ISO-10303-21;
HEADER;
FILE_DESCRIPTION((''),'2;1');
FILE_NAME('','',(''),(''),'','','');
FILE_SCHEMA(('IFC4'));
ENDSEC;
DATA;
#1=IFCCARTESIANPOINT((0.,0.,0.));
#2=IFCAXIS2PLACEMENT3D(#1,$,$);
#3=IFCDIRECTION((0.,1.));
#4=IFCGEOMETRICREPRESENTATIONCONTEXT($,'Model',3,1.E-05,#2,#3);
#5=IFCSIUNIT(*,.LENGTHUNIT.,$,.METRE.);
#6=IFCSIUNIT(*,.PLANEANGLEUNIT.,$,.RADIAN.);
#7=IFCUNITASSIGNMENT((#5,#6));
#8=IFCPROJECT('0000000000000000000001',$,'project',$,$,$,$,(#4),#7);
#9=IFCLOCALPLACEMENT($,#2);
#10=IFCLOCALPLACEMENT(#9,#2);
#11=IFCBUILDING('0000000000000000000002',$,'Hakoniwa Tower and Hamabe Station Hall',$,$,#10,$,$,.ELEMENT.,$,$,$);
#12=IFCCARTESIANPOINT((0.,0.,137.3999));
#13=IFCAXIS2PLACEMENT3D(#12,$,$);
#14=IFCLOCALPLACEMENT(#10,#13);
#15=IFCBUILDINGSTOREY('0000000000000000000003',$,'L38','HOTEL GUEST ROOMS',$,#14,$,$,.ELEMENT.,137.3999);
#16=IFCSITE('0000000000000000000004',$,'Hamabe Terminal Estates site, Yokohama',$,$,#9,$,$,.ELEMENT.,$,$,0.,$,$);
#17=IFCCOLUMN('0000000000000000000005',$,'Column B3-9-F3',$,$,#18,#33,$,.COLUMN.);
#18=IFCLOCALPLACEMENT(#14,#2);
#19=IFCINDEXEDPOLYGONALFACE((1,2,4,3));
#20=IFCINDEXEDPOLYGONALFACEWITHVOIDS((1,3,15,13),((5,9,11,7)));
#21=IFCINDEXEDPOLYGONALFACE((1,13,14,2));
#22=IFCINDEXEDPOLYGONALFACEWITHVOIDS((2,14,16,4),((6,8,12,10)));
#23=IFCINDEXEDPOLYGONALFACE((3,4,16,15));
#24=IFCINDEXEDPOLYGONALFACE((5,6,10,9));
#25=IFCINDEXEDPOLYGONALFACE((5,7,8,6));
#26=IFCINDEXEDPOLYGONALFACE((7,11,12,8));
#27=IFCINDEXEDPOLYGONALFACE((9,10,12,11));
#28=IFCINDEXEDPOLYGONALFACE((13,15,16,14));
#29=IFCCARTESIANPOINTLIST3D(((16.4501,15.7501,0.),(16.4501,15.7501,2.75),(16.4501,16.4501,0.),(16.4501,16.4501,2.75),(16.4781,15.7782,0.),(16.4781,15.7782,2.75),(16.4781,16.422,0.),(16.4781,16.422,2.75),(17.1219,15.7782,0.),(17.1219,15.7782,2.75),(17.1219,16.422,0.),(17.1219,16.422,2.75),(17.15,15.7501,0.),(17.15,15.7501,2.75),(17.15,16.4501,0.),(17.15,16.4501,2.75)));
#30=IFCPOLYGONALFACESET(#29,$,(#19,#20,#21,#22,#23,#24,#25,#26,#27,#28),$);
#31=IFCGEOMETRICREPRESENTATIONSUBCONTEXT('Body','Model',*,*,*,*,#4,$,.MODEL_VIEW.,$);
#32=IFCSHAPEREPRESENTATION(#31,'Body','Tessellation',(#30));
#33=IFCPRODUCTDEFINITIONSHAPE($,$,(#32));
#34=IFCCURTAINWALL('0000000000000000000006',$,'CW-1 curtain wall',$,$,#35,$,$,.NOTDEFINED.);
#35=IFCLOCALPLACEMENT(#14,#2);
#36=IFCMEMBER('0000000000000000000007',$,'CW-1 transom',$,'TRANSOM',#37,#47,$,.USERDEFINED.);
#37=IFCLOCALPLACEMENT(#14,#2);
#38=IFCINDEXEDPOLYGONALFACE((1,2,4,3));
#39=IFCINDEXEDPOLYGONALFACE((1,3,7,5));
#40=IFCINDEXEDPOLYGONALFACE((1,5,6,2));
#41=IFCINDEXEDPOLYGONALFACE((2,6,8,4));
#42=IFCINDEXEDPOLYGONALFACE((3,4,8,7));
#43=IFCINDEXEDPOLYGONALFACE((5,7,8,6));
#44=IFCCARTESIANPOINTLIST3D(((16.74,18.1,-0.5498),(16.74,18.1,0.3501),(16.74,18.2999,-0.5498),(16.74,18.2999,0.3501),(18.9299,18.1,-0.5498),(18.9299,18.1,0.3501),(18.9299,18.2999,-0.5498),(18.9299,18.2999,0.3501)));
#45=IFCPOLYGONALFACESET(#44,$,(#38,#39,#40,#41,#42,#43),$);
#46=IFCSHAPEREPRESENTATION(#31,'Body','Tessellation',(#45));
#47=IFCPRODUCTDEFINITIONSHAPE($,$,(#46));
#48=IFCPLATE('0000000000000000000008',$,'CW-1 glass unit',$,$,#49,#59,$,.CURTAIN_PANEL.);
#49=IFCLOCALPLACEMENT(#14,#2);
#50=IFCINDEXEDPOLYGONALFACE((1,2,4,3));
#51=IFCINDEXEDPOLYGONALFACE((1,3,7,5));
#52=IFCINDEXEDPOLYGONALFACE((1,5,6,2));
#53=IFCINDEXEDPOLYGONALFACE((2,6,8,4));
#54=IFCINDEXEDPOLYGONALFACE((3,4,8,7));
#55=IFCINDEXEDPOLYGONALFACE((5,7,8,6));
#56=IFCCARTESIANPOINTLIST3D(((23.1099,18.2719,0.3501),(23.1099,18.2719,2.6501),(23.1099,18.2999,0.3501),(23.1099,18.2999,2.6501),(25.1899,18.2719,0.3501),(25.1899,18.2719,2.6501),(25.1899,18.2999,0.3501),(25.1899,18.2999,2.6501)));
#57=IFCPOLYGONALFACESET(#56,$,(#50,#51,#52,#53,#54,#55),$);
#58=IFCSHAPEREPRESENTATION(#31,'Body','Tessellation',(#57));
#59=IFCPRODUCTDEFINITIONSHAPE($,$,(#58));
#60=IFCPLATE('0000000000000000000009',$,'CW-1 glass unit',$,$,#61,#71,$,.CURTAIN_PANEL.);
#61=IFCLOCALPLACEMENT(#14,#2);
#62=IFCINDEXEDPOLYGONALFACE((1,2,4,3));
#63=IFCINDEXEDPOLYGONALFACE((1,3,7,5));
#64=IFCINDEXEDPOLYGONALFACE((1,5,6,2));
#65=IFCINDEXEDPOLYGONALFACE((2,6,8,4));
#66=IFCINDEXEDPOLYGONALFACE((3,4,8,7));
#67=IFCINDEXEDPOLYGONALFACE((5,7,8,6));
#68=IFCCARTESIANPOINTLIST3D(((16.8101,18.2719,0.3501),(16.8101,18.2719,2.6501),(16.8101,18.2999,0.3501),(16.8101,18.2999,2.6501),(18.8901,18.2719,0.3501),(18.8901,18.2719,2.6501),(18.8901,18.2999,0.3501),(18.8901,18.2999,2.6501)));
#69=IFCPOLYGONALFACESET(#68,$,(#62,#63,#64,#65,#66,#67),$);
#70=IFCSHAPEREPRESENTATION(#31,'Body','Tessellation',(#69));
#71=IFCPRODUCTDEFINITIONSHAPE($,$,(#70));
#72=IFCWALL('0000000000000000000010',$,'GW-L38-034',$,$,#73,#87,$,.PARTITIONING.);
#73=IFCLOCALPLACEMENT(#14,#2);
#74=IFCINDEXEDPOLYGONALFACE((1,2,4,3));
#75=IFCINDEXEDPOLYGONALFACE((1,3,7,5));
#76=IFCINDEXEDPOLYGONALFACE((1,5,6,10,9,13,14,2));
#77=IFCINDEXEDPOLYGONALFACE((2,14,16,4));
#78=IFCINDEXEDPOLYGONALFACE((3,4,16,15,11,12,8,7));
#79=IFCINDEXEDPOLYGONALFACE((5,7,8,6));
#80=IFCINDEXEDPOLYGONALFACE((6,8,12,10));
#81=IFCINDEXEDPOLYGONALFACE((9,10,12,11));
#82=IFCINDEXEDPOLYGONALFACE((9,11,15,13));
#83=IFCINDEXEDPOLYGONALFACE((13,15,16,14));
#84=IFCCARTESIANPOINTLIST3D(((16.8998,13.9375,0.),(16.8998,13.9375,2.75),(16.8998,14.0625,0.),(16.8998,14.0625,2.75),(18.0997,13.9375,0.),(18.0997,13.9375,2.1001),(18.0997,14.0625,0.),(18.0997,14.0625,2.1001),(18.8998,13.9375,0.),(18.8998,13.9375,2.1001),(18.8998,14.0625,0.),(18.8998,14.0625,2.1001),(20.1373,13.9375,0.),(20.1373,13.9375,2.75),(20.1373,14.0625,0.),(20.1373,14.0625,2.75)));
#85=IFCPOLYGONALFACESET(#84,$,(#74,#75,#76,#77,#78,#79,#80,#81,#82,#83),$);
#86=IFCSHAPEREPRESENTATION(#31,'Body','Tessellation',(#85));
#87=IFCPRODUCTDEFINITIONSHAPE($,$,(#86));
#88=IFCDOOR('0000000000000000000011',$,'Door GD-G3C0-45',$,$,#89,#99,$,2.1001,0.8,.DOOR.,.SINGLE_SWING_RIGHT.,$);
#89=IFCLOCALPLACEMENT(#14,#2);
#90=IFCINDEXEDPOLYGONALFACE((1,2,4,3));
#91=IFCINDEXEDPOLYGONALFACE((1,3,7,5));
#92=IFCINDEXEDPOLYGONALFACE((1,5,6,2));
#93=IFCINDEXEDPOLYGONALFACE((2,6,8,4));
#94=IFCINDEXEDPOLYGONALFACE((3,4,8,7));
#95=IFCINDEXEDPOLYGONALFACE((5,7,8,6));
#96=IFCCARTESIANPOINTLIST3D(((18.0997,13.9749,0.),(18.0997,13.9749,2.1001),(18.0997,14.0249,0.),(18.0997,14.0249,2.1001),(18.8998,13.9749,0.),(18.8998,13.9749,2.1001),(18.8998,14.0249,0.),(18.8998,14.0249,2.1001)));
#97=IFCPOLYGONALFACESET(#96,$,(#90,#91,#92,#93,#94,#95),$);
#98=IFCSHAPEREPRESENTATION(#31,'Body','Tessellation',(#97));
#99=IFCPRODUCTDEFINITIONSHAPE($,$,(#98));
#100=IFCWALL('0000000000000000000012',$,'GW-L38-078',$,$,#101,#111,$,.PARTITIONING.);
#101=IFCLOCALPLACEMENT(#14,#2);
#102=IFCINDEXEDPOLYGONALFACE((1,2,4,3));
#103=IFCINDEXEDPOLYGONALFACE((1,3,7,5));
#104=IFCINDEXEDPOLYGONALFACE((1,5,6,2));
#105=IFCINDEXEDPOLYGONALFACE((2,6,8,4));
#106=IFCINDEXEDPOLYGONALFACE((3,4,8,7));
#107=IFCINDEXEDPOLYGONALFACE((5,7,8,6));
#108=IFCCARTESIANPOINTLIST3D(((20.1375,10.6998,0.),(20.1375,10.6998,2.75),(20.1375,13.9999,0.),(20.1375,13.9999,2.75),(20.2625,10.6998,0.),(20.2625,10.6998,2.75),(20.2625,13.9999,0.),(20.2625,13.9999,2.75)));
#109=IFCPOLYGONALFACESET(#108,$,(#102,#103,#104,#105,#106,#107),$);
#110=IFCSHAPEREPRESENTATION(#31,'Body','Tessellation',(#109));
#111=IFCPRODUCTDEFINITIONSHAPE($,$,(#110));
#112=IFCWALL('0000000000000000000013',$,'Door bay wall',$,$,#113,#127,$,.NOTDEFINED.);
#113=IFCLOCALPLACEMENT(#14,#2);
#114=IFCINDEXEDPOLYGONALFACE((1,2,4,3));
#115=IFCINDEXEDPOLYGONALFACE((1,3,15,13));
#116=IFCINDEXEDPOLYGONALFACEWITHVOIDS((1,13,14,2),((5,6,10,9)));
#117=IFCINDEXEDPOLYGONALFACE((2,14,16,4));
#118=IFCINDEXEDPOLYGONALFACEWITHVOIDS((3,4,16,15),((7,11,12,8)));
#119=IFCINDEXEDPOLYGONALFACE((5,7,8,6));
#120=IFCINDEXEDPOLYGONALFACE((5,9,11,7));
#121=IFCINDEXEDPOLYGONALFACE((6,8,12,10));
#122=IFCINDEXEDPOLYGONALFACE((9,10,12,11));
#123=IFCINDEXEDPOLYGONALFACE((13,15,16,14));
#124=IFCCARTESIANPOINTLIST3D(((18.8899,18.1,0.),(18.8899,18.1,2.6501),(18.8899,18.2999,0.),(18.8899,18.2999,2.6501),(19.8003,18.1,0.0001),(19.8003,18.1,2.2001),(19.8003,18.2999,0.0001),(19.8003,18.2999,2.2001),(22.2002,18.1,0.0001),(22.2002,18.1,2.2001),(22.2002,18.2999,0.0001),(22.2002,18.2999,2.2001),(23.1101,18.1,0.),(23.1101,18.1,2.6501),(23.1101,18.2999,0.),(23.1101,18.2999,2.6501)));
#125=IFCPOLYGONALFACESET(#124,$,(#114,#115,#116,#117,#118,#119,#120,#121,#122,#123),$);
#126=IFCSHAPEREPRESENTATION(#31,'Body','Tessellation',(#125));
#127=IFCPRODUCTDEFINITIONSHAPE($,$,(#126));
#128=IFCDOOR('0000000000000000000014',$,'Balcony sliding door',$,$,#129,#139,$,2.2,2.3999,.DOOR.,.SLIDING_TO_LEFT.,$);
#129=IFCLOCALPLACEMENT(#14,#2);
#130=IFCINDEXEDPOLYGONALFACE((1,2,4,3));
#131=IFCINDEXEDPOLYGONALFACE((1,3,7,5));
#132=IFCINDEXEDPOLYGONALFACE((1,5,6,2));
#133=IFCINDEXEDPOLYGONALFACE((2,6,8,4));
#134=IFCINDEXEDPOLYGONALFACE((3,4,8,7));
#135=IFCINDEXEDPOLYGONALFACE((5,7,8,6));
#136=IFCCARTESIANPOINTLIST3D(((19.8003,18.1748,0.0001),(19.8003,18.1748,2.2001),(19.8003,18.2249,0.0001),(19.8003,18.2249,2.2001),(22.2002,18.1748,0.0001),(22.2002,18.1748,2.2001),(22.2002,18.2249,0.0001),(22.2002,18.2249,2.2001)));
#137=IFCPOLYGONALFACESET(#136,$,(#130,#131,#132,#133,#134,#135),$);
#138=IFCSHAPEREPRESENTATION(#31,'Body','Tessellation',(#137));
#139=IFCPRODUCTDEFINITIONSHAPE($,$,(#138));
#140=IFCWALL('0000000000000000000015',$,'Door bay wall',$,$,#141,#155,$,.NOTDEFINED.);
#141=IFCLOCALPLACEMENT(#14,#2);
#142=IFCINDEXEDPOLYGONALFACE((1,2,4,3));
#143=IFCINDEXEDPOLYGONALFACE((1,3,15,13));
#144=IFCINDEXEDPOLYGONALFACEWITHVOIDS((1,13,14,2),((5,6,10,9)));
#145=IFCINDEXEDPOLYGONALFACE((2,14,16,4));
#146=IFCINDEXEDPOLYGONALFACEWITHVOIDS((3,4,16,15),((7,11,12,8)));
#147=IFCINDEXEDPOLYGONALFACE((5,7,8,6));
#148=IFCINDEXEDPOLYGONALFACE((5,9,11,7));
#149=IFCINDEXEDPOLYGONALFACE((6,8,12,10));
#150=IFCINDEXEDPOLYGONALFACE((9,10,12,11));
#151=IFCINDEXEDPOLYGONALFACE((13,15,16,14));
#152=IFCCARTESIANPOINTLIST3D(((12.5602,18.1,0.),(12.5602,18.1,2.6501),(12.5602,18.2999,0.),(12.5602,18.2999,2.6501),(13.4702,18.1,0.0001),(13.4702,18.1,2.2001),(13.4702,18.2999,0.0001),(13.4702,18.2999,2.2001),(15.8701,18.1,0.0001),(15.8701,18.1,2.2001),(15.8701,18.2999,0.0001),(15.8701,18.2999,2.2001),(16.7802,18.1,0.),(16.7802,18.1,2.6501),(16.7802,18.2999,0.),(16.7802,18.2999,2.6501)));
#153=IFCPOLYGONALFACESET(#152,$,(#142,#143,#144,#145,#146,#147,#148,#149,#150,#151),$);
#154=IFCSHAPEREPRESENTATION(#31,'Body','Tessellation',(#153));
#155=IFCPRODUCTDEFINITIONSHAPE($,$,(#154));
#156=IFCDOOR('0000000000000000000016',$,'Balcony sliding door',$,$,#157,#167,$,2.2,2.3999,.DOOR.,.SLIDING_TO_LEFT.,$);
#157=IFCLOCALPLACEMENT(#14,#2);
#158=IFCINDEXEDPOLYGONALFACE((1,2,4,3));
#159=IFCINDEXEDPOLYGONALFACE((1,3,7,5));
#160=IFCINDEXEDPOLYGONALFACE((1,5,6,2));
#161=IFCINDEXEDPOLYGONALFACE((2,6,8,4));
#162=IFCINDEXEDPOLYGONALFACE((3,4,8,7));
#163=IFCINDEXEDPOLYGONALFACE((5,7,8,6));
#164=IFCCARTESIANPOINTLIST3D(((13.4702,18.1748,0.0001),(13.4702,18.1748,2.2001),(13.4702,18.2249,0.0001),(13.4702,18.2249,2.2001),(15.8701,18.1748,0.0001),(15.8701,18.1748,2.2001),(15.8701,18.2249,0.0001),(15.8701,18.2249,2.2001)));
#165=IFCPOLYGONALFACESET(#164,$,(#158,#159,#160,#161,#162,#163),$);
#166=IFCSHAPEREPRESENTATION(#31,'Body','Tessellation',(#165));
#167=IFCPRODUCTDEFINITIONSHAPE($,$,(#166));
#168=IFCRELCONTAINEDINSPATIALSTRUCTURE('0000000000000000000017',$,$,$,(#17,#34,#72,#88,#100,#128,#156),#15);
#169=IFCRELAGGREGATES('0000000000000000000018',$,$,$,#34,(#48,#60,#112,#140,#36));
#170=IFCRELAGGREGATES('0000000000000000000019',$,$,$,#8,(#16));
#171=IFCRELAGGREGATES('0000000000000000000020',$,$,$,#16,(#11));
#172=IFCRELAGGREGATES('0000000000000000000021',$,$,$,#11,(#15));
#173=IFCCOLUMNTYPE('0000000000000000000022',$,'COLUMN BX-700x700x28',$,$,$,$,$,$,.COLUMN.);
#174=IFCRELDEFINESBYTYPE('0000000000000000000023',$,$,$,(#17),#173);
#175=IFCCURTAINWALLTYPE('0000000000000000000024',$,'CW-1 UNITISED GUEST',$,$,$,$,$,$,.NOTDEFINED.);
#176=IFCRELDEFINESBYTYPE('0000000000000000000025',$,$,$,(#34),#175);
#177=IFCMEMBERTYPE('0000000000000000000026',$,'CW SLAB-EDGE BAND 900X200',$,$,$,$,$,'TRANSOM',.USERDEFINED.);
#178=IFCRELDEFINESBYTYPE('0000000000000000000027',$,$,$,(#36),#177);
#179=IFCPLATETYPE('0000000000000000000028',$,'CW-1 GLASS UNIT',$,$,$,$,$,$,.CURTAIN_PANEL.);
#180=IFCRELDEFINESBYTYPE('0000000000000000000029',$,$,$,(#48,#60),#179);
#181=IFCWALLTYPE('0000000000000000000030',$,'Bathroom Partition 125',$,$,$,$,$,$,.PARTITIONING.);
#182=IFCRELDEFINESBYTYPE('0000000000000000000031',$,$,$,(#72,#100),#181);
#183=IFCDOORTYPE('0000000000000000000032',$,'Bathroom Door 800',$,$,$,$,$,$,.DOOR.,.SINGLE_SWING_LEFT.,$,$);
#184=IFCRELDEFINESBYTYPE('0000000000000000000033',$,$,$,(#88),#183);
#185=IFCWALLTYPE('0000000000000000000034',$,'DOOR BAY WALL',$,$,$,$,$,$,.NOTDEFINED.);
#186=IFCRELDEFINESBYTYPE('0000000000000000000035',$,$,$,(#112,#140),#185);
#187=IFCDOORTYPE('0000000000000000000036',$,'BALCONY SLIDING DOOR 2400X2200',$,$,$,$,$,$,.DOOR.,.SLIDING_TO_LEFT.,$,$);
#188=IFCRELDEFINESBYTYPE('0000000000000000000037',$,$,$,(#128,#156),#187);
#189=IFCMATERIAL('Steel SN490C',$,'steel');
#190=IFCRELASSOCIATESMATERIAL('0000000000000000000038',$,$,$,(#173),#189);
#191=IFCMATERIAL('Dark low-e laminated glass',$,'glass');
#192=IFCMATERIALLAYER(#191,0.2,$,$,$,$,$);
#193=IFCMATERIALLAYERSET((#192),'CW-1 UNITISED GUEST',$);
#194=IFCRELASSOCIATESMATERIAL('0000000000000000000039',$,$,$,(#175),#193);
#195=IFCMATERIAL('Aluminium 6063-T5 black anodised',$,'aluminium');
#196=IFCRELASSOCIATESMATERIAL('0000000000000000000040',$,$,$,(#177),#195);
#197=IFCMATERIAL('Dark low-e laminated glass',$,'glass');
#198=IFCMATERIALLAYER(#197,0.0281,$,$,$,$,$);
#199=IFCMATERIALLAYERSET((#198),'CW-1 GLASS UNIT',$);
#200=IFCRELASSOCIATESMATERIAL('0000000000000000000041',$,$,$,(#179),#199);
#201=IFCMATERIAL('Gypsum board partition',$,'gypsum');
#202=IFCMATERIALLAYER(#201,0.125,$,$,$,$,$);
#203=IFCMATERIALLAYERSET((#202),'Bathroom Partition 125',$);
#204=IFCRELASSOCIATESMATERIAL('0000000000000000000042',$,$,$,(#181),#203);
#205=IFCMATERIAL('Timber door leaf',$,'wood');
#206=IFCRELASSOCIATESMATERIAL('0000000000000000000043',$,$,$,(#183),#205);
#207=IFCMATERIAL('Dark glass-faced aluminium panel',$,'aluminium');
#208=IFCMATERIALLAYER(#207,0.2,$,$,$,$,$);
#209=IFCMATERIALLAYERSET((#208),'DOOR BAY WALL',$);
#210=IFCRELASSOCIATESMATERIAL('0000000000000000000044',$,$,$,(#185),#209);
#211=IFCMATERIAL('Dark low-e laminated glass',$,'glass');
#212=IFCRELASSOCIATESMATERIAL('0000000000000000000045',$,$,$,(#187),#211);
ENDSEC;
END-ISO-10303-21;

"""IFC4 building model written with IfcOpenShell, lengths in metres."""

from ifc_helpers import new_model, si_unit, direction, frame, frame_2d, origin, origin_2d, place, context, subcontext, project, spatial, rectangle, hollow_rectangle, extrude, material, layer, layer_set, material_profile, profile_set, type_object, element, fill, aggregate, save


model = new_model("IFC4")

# Units and contexts
model_context = context("Model", 3, precision=1e-05, world=origin(), true_north=direction((0.0, 1.0)))
body_context = subcontext(model_context, "Body", "Model", "MODEL_VIEW")
ifc_project = project(units=[si_unit("LENGTHUNIT", "METRE"), si_unit("PLANEANGLEUNIT", "RADIAN")], contexts=[model_context])

# Site, building, storey
site_placement = place(None, origin())
site = spatial("IfcSite", under=ifc_project, at=site_placement, Name="Hamabe Terminal Estates site, Yokohama", CompositionType="ELEMENT", RefElevation=0.0)
building_placement = place(site_placement, origin())
building = spatial("IfcBuilding", under=site, at=building_placement, Name="Hakoniwa Tower and Hamabe Station Hall", CompositionType="ELEMENT")
storey_placement = place(building_placement, frame((0.0, 0.0, 137.3999)))
storey = spatial("IfcBuildingStorey", under=building, at=storey_placement, Name="L38", Description="HOTEL GUEST ROOMS", CompositionType="ELEMENT", Elevation=137.3999)

# Column
ifc_material_1 = material(Name="Steel SN490C", Category="steel")
ifc_material_profile_1 = material_profile(ifc_material_1, hollow_rectangle(XDim=0.7, YDim=0.7, WallThickness=0.0281, at=origin_2d()), Name="BX-700x700x28")
ifc_profile_set_1 = profile_set([ifc_material_profile_1], Name="Steel SN490C")
column_type = type_object("IfcColumnType", Name="COLUMN BX-700x700x28", PredefinedType="COLUMN", material=ifc_profile_set_1)
column_placement = place(storey_placement, frame((16.8, 16.1001, 0.0), z_axis=(0.0, 0.0, 1.0), x_axis=(1.0, 0.0, 0.0)))
element("IfcColumn", 1, at=column_placement, inside=storey, type_object=column_type, Name="Column B3-9-F3", PredefinedType="COLUMN", context=body_context, shape_type="SweptSolid", body=[
    extrude(hollow_rectangle(XDim=0.7, YDim=0.7, WallThickness=0.0281, at=origin_2d()), origin(), (0.0, 0.0, 1.0), 2.75),
])

# Curtain wall, member, plates
ifc_material_2 = material(Name="Dark low-e laminated glass", Category="glass")
ifc_layer_1 = layer(ifc_material_2, 0.2)
ifc_layer_set_1 = layer_set([ifc_layer_1], Name="CW-1 UNITISED GUEST")
curtain_wall_type = type_object("IfcCurtainWallType", Name="CW-1 UNITISED GUEST", PredefinedType="NOTDEFINED", material=ifc_layer_set_1)
curtain_wall_placement = place(storey_placement, origin())
curtain_wall = element("IfcCurtainWall", 2, at=curtain_wall_placement, inside=storey, type_object=curtain_wall_type, Name="CW-1 curtain wall", PredefinedType="NOTDEFINED")
ifc_material_3 = material(Name="Aluminium 6063-T5 black anodised", Category="aluminium")
ifc_material_profile_2 = material_profile(ifc_material_3, rectangle(XDim=0.2, YDim=0.8999, at=origin_2d()), Name="CW SLAB-EDGE BAND 900X200")
ifc_profile_set_2 = profile_set([ifc_material_profile_2], Name="Aluminium 6063-T5 black anodised")
member_type = type_object("IfcMemberType", Name="CW SLAB-EDGE BAND 900X200", ElementType="TRANSOM", PredefinedType="USERDEFINED", material=ifc_profile_set_2)
member_placement = place(storey_placement, frame((18.9299, 18.2, -0.0999), z_axis=(-1.0, 0.0, 0.0), x_axis=(0.0, -1.0, 0.0)))
member = element("IfcMember", 3, at=member_placement, type_object=member_type, Name="CW-1 transom", ObjectType="TRANSOM", PredefinedType="USERDEFINED", context=body_context, shape_type="SweptSolid", body=[
    extrude(rectangle(XDim=0.2, YDim=0.8999, at=origin_2d()), origin(), (0.0, 0.0, 1.0), 2.1899),
])
ifc_material_4 = material(Name="Dark low-e laminated glass", Category="glass")
ifc_layer_2 = layer(ifc_material_4, 0.0281)
ifc_layer_set_2 = layer_set([ifc_layer_2], Name="CW-1 GLASS UNIT")
plate_type = type_object("IfcPlateType", Name="CW-1 GLASS UNIT", PredefinedType="CURTAIN_PANEL", material=ifc_layer_set_2)
plate_1_placement = place(storey_placement, frame((24.1499, 18.2859, 0.3501), z_axis=(0.0, 0.0, 1.0), x_axis=(-1.0, 0.0, 0.0)))
plate_1 = element("IfcPlate", 4, at=plate_1_placement, type_object=plate_type, Name="CW-1 glass unit", PredefinedType="CURTAIN_PANEL", context=body_context, shape_type="SweptSolid", body=[
    extrude(rectangle(XDim=2.0801, YDim=0.0281, at=origin_2d()), origin(), (0.0, 0.0, 1.0), 2.3),
])
plate_2_placement = place(storey_placement, frame((17.8501, 18.2859, 0.3501), z_axis=(0.0, 0.0, 1.0), x_axis=(-1.0, 0.0, 0.0)))
plate_2 = element("IfcPlate", 5, at=plate_2_placement, type_object=plate_type, Name="CW-1 glass unit", PredefinedType="CURTAIN_PANEL", context=body_context, shape_type="SweptSolid", body=[
    extrude(rectangle(XDim=2.0801, YDim=0.0281, at=origin_2d()), origin(), (0.0, 0.0, 1.0), 2.3),
])

# Wall, opening, door
ifc_material_5 = material(Name="Gypsum board partition", Category="gypsum")
ifc_layer_3 = layer(ifc_material_5, 0.125)
ifc_layer_set_3 = layer_set([ifc_layer_3], Name="Bathroom Partition 125")
wall_type_1 = type_object("IfcWallType", Name="Bathroom Partition 125", PredefinedType="PARTITIONING", material=ifc_layer_set_3)
wall_1_placement = place(storey_placement, frame((16.8999, 14.0, 0.0), z_axis=(0.0, 0.0, 1.0), x_axis=(1.0, 0.0, 0.0)))
wall_1 = element("IfcWall", 6, at=wall_1_placement, inside=storey, type_object=wall_type_1, Name="GW-L38-034", PredefinedType="PARTITIONING", context=body_context, shape_type="SweptSolid", body=[
    extrude(rectangle(XDim=3.2375, YDim=0.125, at=frame_2d((1.6187, 0.0))), origin(), (0.0, 0.0, 1.0), 2.75),
])
opening_1_placement = place(wall_1_placement, frame((1.2, 0.0, 0.0)))
opening_1 = element("IfcOpeningElement", 7, at=opening_1_placement, cuts=wall_1, PredefinedType="OPENING", context=body_context, shape_type="SweptSolid", body=[
    extrude(rectangle(XDim=0.8, YDim=2.1001, at=frame_2d((0.3999, 1.05))), frame((0.0, 0.0725, 0.0), z_axis=(0.0, -1.0, 0.0), x_axis=(1.0, 0.0, 0.0)), (0.0, 0.0, 1.0), 0.145),
])
ifc_material_6 = material(Name="Timber door leaf", Category="wood")
door_type_1 = type_object("IfcDoorType", Name="Bathroom Door 800", OperationType="SINGLE_SWING_LEFT", PredefinedType="DOOR", material=ifc_material_6)
door_1_placement = place(opening_1_placement, origin())
door_1 = element("IfcDoor", 8, at=door_1_placement, inside=storey, type_object=door_type_1, Name="Door GD-G3C0-45", OperationType="SINGLE_SWING_RIGHT", OverallHeight=2.1001, OverallWidth=0.8, PredefinedType="DOOR", context=body_context, shape_type="SweptSolid", body=[
    extrude(rectangle(XDim=0.8, YDim=2.1001, at=frame_2d((0.3999, 1.05))), frame((0.0, 0.0249, 0.0), z_axis=(0.0, -1.0, 0.0), x_axis=(1.0, 0.0, 0.0)), (0.0, 0.0, 1.0), 0.05),
])
fill(opening_1, door_1)

# Wall
wall_2_placement = place(storey_placement, frame((20.2, 10.7, 0.0), z_axis=(0.0, 0.0, 1.0), x_axis=(0.0, 1.0, 0.0)))
element("IfcWall", 9, at=wall_2_placement, inside=storey, type_object=wall_type_1, Name="GW-L38-078", PredefinedType="PARTITIONING", context=body_context, shape_type="SweptSolid", body=[
    extrude(rectangle(XDim=3.3, YDim=0.125, at=frame_2d((1.6499, 0.0))), origin(), (0.0, 0.0, 1.0), 2.75),
])

# Walls, openings, doors
ifc_material_7 = material(Name="Dark glass-faced aluminium panel", Category="aluminium")
ifc_layer_4 = layer(ifc_material_7, 0.2)
ifc_layer_set_4 = layer_set([ifc_layer_4], Name="DOOR BAY WALL")
wall_type_2 = type_object("IfcWallType", Name="DOOR BAY WALL", PredefinedType="NOTDEFINED", material=ifc_layer_set_4)
wall_3_placement = place(storey_placement, frame((23.1101, 18.2, 0.0), z_axis=(0.0, 0.0, 1.0), x_axis=(-1.0, 0.0, 0.0)))
wall_3 = element("IfcWall", 10, at=wall_3_placement, type_object=wall_type_2, Name="Door bay wall", PredefinedType="NOTDEFINED", context=body_context, shape_type="SweptSolid", body=[
    extrude(rectangle(XDim=4.2202, YDim=0.2, at=frame_2d((2.1101, 0.0))), origin(), (0.0, 0.0, 1.0), 2.6501),
])
opening_2_placement = place(wall_3_placement, frame((0.9099, 0.0, 0.0)))
opening_2 = element("IfcOpeningElement", 11, at=opening_2_placement, cuts=wall_3, PredefinedType="OPENING", context=body_context, shape_type="SweptSolid", body=[
    extrude(rectangle(XDim=2.3999, YDim=2.2, at=frame_2d((1.2, 1.1001))), frame((0.0, 0.1099, 0.0), z_axis=(0.0, -1.0, 0.0), x_axis=(1.0, 0.0, 0.0)), (0.0, 0.0, 1.0), 0.22),
])
ifc_material_8 = material(Name="Dark low-e laminated glass", Category="glass")
door_type_2 = type_object("IfcDoorType", Name="BALCONY SLIDING DOOR 2400X2200", OperationType="SLIDING_TO_LEFT", PredefinedType="DOOR", material=ifc_material_8)
door_2_placement = place(opening_2_placement, frame((2.3999, 0.0, 0.0), z_axis=(0.0, 0.0, 1.0), x_axis=(-1.0, 0.0, 0.0)))
door_2 = element("IfcDoor", 12, at=door_2_placement, inside=storey, type_object=door_type_2, Name="Balcony sliding door", OperationType="SLIDING_TO_LEFT", OverallHeight=2.2, OverallWidth=2.3999, PredefinedType="DOOR", context=body_context, shape_type="SweptSolid", body=[
    extrude(rectangle(XDim=2.3999, YDim=2.2, at=frame_2d((1.2, 1.1001))), frame((0.0, 0.0249, 0.0), z_axis=(0.0, -1.0, 0.0), x_axis=(1.0, 0.0, 0.0)), (0.0, 0.0, 1.0), 0.05),
])
fill(opening_2, door_2)
wall_4_placement = place(storey_placement, frame((16.78, 18.2, 0.0), z_axis=(0.0, 0.0, 1.0), x_axis=(-1.0, 0.0, 0.0)))
wall_4 = element("IfcWall", 13, at=wall_4_placement, type_object=wall_type_2, Name="Door bay wall", PredefinedType="NOTDEFINED", context=body_context, shape_type="SweptSolid", body=[
    extrude(rectangle(XDim=4.22, YDim=0.2, at=frame_2d((2.1099, 0.0))), origin(), (0.0, 0.0, 1.0), 2.6501),
])
opening_3_placement = place(wall_4_placement, frame((0.9099, 0.0, 0.0)))
opening_3 = element("IfcOpeningElement", 14, at=opening_3_placement, cuts=wall_4, PredefinedType="OPENING", context=body_context, shape_type="SweptSolid", body=[
    extrude(rectangle(XDim=2.3999, YDim=2.2, at=frame_2d((1.2, 1.1001))), frame((0.0, 0.1099, 0.0), z_axis=(0.0, -1.0, 0.0), x_axis=(1.0, 0.0, 0.0)), (0.0, 0.0, 1.0), 0.22),
])
door_3_placement = place(opening_3_placement, frame((2.3999, 0.0, 0.0), z_axis=(0.0, 0.0, 1.0), x_axis=(-1.0, 0.0, 0.0)))
door_3 = element("IfcDoor", 15, at=door_3_placement, inside=storey, type_object=door_type_2, Name="Balcony sliding door", OperationType="SLIDING_TO_LEFT", OverallHeight=2.2, OverallWidth=2.3999, PredefinedType="DOOR", context=body_context, shape_type="SweptSolid", body=[
    extrude(rectangle(XDim=2.3999, YDim=2.2, at=frame_2d((1.2, 1.1001))), frame((0.0, 0.0249, 0.0), z_axis=(0.0, -1.0, 0.0), x_axis=(1.0, 0.0, 0.0)), (0.0, 0.0, 1.0), 0.05),
])
fill(opening_3, door_3)
aggregate(curtain_wall, [plate_1, plate_2, wall_3, wall_4, member])

save(model, "model.ifc")
